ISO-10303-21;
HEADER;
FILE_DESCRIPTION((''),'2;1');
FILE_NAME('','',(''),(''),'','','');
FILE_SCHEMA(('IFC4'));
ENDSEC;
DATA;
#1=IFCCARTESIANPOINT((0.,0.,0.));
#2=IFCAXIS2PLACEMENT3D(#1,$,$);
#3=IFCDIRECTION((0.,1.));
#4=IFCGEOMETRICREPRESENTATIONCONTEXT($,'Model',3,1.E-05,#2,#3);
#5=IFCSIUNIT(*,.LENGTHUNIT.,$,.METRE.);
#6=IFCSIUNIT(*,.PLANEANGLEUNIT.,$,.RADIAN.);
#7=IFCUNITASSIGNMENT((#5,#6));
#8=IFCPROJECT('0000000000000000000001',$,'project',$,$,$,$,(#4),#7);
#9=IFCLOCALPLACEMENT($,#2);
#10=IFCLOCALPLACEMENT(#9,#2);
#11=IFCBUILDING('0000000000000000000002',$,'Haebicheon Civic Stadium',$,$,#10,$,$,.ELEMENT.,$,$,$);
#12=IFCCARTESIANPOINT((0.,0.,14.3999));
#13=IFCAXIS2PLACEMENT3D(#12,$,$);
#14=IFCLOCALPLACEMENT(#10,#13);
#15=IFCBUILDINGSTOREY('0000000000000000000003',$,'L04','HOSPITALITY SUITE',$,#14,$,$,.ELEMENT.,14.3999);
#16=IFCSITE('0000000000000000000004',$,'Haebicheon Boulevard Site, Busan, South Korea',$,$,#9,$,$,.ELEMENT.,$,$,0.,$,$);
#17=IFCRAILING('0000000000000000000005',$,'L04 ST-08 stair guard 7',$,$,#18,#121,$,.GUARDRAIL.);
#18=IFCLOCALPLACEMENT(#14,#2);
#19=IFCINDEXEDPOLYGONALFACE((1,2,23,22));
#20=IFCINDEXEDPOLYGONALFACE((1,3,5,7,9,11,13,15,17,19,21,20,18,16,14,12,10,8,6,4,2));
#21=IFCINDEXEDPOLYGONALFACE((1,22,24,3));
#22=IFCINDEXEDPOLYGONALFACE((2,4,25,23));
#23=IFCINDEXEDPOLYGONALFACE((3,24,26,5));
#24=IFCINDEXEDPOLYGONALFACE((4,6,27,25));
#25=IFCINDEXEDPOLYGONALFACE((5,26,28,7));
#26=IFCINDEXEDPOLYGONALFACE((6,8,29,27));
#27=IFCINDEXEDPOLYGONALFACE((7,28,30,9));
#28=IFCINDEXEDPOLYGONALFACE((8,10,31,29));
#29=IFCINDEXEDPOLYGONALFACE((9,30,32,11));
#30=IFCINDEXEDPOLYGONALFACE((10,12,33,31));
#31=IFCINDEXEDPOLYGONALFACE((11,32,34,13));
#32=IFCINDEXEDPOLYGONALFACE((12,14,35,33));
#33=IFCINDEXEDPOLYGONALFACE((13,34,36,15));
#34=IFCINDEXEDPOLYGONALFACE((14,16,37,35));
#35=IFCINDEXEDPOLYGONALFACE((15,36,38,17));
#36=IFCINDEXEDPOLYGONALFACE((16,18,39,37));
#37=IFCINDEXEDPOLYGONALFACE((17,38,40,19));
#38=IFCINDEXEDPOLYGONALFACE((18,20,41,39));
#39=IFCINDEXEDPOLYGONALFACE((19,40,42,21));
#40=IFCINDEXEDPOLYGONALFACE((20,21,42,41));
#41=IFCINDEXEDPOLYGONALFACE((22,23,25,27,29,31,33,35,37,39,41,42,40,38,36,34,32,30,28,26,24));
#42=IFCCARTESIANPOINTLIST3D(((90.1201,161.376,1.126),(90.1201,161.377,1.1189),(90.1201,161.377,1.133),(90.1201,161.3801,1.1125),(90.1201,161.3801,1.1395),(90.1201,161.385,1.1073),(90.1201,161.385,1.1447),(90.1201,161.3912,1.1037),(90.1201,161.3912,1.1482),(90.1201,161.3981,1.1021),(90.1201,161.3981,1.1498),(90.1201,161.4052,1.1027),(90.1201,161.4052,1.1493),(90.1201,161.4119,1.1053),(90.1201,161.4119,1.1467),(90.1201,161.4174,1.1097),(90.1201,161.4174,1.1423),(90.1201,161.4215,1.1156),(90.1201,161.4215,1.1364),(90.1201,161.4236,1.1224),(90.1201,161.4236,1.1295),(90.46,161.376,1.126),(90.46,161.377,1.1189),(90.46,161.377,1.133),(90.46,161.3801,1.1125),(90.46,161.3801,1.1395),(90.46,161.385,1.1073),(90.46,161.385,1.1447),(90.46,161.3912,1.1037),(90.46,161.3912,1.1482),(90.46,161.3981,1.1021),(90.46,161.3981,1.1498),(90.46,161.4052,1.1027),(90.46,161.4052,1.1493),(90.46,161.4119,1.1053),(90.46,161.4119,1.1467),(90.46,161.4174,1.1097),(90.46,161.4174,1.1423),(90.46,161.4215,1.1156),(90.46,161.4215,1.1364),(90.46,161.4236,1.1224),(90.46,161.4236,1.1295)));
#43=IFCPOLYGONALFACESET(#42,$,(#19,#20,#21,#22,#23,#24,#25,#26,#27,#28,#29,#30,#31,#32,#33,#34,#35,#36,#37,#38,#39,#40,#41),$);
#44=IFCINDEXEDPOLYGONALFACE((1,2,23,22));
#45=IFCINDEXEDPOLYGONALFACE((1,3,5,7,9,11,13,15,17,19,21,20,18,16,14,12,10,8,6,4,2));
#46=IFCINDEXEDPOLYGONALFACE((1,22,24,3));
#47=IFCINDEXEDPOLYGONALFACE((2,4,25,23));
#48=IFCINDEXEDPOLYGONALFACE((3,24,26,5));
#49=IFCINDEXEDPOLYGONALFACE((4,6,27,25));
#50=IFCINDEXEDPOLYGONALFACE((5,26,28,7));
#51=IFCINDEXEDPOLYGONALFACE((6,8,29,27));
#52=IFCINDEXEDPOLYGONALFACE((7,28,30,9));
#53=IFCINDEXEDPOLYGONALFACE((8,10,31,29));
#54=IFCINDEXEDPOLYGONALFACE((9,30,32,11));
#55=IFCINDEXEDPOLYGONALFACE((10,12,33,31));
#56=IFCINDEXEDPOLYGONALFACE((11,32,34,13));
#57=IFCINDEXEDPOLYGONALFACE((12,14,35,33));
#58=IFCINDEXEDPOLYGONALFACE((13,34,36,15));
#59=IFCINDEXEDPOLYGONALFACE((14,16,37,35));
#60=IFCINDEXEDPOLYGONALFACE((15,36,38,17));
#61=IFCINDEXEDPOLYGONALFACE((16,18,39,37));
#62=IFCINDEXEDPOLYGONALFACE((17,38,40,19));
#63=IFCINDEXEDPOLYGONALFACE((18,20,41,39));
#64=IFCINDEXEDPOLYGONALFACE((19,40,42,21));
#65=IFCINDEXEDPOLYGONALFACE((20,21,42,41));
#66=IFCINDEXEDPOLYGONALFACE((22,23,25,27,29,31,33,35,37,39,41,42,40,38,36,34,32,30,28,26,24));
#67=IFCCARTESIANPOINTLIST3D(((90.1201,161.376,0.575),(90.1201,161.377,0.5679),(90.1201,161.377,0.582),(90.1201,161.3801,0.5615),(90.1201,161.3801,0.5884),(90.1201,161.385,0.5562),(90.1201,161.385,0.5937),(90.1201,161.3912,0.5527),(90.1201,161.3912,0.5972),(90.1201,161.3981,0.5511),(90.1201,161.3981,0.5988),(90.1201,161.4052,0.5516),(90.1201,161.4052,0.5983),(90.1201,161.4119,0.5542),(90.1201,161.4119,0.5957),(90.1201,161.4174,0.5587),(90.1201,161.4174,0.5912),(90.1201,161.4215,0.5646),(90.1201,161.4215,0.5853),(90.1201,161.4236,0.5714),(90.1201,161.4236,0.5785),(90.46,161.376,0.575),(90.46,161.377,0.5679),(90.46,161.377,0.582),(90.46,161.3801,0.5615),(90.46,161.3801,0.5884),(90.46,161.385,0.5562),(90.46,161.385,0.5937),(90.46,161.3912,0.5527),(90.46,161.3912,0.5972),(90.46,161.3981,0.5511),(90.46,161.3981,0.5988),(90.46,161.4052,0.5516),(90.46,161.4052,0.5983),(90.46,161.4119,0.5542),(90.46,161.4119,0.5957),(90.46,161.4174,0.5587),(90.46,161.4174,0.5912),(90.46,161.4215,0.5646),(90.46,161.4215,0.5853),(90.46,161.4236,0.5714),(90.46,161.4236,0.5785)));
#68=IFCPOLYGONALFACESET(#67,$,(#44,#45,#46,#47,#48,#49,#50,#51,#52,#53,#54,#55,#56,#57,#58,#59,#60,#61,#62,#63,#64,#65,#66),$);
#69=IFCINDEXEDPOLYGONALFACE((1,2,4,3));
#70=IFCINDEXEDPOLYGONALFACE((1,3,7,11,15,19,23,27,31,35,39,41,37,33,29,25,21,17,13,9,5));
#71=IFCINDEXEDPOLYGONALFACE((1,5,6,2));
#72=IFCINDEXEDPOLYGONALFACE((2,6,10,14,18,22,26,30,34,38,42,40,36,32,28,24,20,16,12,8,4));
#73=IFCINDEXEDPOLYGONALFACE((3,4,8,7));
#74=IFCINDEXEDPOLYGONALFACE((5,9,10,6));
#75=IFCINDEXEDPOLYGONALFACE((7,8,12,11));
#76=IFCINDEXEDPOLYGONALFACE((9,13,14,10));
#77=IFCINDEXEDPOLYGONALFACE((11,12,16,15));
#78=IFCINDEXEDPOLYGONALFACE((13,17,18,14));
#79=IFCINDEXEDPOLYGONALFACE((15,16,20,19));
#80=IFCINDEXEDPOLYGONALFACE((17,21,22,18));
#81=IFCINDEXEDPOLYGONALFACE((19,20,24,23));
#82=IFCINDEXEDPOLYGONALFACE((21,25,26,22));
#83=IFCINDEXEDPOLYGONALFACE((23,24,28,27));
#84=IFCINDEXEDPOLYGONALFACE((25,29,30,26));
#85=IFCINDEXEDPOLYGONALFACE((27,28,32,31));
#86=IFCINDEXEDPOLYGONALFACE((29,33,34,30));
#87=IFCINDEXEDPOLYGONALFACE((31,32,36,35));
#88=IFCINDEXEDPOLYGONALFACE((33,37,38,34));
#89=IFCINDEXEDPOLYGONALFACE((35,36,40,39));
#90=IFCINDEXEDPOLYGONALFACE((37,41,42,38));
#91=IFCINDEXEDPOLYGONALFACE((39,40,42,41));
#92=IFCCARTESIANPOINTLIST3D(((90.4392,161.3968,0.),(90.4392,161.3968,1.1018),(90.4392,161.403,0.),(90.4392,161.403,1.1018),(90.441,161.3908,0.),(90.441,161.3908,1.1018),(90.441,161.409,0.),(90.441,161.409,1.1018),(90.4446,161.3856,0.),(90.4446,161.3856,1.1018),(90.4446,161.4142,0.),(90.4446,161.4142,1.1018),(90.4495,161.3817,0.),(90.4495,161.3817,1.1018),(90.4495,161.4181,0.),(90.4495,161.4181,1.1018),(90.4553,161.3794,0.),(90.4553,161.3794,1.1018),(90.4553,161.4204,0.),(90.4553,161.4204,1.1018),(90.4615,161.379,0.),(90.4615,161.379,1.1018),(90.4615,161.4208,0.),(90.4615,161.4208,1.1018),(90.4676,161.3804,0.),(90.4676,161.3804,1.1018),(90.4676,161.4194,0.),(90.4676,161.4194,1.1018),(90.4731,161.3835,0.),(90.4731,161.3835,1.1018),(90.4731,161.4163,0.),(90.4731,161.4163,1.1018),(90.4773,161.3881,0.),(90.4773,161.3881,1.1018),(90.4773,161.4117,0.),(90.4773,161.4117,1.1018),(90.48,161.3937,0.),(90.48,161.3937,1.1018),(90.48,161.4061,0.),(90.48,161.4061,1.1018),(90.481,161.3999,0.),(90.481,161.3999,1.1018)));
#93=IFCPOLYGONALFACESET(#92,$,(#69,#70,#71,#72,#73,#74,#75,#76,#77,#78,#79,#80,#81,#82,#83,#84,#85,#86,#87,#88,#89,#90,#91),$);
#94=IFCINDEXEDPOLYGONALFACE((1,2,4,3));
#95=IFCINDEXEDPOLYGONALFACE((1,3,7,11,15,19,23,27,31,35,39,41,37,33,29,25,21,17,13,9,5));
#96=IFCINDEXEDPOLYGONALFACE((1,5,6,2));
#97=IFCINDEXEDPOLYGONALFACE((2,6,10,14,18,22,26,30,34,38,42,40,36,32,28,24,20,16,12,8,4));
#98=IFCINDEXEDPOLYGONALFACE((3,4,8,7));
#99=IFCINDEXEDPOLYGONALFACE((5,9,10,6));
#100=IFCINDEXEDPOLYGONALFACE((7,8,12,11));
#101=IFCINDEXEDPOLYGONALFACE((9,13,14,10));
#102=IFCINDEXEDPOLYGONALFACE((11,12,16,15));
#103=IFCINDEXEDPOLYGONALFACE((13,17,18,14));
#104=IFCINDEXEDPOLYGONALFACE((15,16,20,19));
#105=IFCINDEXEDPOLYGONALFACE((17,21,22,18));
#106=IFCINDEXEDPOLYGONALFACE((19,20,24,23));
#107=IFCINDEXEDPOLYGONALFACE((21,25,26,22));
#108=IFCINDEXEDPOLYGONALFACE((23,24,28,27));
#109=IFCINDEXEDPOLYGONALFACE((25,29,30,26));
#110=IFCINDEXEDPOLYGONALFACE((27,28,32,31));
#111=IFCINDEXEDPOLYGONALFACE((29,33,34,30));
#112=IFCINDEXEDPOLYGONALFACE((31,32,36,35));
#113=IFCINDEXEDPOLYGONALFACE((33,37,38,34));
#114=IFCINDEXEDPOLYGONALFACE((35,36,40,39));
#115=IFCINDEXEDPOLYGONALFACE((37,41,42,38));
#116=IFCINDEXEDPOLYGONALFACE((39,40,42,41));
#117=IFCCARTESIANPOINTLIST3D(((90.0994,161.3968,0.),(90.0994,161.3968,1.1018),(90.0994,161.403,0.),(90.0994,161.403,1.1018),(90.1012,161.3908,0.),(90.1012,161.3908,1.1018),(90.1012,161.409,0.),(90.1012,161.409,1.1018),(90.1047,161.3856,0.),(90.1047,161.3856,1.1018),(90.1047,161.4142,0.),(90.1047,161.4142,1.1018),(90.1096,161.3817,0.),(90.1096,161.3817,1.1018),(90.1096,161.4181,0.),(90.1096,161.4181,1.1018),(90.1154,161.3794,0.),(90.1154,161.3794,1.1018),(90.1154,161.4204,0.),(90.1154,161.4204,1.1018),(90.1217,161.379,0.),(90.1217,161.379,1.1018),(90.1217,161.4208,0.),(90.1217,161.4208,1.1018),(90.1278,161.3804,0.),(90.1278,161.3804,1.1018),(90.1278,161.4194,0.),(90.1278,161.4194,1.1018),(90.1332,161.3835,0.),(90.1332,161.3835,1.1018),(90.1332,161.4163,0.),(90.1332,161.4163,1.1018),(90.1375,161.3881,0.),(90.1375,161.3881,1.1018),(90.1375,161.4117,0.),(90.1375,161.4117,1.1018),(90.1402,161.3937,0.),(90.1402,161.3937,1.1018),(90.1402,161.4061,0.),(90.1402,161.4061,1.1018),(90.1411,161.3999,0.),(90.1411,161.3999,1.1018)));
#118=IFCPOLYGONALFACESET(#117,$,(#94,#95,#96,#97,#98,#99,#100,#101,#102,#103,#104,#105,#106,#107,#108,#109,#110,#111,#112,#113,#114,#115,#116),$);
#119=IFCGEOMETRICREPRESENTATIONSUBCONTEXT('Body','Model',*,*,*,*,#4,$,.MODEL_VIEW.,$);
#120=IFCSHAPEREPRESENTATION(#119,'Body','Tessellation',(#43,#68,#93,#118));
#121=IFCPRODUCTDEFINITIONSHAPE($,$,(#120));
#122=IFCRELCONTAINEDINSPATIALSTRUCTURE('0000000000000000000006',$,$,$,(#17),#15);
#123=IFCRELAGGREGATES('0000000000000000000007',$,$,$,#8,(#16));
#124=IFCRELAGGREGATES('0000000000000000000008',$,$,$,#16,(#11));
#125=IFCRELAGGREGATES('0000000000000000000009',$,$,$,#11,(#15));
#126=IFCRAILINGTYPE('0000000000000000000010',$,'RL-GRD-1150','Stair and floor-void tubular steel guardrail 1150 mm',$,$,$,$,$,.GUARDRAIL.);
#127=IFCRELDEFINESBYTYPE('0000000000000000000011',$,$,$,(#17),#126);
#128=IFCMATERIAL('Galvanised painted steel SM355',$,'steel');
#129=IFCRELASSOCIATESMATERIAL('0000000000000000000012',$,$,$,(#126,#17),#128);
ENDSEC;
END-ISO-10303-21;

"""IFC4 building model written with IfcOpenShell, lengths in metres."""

from ifc_helpers import new_model, si_unit, direction, frame, origin, origin_2d, place, context, subcontext, project, spatial, circle, extrude, material, type_object, element, save


model = new_model("IFC4")

# Units and contexts
model_context = context("Model", 3, precision=1e-05, world=origin(), true_north=direction((0.0, 1.0)))
body_context = subcontext(model_context, "Body", "Model", "MODEL_VIEW")
ifc_project = project(units=[si_unit("LENGTHUNIT", "METRE"), si_unit("PLANEANGLEUNIT", "RADIAN")], contexts=[model_context])

# Site, building, storey
site_placement = place(None, origin())
site = spatial("IfcSite", under=ifc_project, at=site_placement, Name="Haebicheon Boulevard Site, Busan, South Korea", CompositionType="ELEMENT", RefElevation=0.0)
building_placement = place(site_placement, origin())
building = spatial("IfcBuilding", under=site, at=building_placement, Name="Haebicheon Civic Stadium", CompositionType="ELEMENT")
storey_placement = place(building_placement, frame((0.0, 0.0, 14.3999)))
storey = spatial("IfcBuildingStorey", under=building, at=storey_placement, Name="L04", Description="HOSPITALITY SUITE", CompositionType="ELEMENT", Elevation=14.3999)

# Railing
ifc_material_1 = material(Name="Galvanised painted steel SM355", Category="steel")
railing_type_1 = type_object("IfcRailingType", Name="RL-GRD-1150", Description="Stair and floor-void tubular steel guardrail 1150 mm", PredefinedType="GUARDRAIL", material=ifc_material_1)
railing_1_placement = place(storey_placement, frame((90.46, 161.3999, 0.0)))
element("IfcRailing", 1, at=railing_1_placement, inside=storey, type_object=railing_type_1, material=ifc_material_1, Name="L04 ST-08 stair guard 7", PredefinedType="GUARDRAIL", context=body_context, shape_type="SweptSolid", body=[
    extrude(circle(Radius=0.0239, at=origin_2d()), frame((0.0, 0.0, 1.126), z_axis=(-1.0, 0.0, 0.0), x_axis=(0.0, -1.0, 0.0)), (0.0, 0.0, 1.0), 0.3398),
    extrude(circle(Radius=0.0239, at=origin_2d()), frame((0.0, 0.0, 0.575), z_axis=(-1.0, 0.0, 0.0), x_axis=(0.0, -1.0, 0.0)), (0.0, 0.0, 1.0), 0.3398),
    extrude(circle(Radius=0.021, at=origin_2d()), origin(), (0.0, 0.0, 1.0), 1.1018),
    extrude(circle(Radius=0.021, at=origin_2d()), frame((-0.3398, 0.0, 0.0)), (0.0, 0.0, 1.0), 1.1018),
])

save(model, "model.ifc")
